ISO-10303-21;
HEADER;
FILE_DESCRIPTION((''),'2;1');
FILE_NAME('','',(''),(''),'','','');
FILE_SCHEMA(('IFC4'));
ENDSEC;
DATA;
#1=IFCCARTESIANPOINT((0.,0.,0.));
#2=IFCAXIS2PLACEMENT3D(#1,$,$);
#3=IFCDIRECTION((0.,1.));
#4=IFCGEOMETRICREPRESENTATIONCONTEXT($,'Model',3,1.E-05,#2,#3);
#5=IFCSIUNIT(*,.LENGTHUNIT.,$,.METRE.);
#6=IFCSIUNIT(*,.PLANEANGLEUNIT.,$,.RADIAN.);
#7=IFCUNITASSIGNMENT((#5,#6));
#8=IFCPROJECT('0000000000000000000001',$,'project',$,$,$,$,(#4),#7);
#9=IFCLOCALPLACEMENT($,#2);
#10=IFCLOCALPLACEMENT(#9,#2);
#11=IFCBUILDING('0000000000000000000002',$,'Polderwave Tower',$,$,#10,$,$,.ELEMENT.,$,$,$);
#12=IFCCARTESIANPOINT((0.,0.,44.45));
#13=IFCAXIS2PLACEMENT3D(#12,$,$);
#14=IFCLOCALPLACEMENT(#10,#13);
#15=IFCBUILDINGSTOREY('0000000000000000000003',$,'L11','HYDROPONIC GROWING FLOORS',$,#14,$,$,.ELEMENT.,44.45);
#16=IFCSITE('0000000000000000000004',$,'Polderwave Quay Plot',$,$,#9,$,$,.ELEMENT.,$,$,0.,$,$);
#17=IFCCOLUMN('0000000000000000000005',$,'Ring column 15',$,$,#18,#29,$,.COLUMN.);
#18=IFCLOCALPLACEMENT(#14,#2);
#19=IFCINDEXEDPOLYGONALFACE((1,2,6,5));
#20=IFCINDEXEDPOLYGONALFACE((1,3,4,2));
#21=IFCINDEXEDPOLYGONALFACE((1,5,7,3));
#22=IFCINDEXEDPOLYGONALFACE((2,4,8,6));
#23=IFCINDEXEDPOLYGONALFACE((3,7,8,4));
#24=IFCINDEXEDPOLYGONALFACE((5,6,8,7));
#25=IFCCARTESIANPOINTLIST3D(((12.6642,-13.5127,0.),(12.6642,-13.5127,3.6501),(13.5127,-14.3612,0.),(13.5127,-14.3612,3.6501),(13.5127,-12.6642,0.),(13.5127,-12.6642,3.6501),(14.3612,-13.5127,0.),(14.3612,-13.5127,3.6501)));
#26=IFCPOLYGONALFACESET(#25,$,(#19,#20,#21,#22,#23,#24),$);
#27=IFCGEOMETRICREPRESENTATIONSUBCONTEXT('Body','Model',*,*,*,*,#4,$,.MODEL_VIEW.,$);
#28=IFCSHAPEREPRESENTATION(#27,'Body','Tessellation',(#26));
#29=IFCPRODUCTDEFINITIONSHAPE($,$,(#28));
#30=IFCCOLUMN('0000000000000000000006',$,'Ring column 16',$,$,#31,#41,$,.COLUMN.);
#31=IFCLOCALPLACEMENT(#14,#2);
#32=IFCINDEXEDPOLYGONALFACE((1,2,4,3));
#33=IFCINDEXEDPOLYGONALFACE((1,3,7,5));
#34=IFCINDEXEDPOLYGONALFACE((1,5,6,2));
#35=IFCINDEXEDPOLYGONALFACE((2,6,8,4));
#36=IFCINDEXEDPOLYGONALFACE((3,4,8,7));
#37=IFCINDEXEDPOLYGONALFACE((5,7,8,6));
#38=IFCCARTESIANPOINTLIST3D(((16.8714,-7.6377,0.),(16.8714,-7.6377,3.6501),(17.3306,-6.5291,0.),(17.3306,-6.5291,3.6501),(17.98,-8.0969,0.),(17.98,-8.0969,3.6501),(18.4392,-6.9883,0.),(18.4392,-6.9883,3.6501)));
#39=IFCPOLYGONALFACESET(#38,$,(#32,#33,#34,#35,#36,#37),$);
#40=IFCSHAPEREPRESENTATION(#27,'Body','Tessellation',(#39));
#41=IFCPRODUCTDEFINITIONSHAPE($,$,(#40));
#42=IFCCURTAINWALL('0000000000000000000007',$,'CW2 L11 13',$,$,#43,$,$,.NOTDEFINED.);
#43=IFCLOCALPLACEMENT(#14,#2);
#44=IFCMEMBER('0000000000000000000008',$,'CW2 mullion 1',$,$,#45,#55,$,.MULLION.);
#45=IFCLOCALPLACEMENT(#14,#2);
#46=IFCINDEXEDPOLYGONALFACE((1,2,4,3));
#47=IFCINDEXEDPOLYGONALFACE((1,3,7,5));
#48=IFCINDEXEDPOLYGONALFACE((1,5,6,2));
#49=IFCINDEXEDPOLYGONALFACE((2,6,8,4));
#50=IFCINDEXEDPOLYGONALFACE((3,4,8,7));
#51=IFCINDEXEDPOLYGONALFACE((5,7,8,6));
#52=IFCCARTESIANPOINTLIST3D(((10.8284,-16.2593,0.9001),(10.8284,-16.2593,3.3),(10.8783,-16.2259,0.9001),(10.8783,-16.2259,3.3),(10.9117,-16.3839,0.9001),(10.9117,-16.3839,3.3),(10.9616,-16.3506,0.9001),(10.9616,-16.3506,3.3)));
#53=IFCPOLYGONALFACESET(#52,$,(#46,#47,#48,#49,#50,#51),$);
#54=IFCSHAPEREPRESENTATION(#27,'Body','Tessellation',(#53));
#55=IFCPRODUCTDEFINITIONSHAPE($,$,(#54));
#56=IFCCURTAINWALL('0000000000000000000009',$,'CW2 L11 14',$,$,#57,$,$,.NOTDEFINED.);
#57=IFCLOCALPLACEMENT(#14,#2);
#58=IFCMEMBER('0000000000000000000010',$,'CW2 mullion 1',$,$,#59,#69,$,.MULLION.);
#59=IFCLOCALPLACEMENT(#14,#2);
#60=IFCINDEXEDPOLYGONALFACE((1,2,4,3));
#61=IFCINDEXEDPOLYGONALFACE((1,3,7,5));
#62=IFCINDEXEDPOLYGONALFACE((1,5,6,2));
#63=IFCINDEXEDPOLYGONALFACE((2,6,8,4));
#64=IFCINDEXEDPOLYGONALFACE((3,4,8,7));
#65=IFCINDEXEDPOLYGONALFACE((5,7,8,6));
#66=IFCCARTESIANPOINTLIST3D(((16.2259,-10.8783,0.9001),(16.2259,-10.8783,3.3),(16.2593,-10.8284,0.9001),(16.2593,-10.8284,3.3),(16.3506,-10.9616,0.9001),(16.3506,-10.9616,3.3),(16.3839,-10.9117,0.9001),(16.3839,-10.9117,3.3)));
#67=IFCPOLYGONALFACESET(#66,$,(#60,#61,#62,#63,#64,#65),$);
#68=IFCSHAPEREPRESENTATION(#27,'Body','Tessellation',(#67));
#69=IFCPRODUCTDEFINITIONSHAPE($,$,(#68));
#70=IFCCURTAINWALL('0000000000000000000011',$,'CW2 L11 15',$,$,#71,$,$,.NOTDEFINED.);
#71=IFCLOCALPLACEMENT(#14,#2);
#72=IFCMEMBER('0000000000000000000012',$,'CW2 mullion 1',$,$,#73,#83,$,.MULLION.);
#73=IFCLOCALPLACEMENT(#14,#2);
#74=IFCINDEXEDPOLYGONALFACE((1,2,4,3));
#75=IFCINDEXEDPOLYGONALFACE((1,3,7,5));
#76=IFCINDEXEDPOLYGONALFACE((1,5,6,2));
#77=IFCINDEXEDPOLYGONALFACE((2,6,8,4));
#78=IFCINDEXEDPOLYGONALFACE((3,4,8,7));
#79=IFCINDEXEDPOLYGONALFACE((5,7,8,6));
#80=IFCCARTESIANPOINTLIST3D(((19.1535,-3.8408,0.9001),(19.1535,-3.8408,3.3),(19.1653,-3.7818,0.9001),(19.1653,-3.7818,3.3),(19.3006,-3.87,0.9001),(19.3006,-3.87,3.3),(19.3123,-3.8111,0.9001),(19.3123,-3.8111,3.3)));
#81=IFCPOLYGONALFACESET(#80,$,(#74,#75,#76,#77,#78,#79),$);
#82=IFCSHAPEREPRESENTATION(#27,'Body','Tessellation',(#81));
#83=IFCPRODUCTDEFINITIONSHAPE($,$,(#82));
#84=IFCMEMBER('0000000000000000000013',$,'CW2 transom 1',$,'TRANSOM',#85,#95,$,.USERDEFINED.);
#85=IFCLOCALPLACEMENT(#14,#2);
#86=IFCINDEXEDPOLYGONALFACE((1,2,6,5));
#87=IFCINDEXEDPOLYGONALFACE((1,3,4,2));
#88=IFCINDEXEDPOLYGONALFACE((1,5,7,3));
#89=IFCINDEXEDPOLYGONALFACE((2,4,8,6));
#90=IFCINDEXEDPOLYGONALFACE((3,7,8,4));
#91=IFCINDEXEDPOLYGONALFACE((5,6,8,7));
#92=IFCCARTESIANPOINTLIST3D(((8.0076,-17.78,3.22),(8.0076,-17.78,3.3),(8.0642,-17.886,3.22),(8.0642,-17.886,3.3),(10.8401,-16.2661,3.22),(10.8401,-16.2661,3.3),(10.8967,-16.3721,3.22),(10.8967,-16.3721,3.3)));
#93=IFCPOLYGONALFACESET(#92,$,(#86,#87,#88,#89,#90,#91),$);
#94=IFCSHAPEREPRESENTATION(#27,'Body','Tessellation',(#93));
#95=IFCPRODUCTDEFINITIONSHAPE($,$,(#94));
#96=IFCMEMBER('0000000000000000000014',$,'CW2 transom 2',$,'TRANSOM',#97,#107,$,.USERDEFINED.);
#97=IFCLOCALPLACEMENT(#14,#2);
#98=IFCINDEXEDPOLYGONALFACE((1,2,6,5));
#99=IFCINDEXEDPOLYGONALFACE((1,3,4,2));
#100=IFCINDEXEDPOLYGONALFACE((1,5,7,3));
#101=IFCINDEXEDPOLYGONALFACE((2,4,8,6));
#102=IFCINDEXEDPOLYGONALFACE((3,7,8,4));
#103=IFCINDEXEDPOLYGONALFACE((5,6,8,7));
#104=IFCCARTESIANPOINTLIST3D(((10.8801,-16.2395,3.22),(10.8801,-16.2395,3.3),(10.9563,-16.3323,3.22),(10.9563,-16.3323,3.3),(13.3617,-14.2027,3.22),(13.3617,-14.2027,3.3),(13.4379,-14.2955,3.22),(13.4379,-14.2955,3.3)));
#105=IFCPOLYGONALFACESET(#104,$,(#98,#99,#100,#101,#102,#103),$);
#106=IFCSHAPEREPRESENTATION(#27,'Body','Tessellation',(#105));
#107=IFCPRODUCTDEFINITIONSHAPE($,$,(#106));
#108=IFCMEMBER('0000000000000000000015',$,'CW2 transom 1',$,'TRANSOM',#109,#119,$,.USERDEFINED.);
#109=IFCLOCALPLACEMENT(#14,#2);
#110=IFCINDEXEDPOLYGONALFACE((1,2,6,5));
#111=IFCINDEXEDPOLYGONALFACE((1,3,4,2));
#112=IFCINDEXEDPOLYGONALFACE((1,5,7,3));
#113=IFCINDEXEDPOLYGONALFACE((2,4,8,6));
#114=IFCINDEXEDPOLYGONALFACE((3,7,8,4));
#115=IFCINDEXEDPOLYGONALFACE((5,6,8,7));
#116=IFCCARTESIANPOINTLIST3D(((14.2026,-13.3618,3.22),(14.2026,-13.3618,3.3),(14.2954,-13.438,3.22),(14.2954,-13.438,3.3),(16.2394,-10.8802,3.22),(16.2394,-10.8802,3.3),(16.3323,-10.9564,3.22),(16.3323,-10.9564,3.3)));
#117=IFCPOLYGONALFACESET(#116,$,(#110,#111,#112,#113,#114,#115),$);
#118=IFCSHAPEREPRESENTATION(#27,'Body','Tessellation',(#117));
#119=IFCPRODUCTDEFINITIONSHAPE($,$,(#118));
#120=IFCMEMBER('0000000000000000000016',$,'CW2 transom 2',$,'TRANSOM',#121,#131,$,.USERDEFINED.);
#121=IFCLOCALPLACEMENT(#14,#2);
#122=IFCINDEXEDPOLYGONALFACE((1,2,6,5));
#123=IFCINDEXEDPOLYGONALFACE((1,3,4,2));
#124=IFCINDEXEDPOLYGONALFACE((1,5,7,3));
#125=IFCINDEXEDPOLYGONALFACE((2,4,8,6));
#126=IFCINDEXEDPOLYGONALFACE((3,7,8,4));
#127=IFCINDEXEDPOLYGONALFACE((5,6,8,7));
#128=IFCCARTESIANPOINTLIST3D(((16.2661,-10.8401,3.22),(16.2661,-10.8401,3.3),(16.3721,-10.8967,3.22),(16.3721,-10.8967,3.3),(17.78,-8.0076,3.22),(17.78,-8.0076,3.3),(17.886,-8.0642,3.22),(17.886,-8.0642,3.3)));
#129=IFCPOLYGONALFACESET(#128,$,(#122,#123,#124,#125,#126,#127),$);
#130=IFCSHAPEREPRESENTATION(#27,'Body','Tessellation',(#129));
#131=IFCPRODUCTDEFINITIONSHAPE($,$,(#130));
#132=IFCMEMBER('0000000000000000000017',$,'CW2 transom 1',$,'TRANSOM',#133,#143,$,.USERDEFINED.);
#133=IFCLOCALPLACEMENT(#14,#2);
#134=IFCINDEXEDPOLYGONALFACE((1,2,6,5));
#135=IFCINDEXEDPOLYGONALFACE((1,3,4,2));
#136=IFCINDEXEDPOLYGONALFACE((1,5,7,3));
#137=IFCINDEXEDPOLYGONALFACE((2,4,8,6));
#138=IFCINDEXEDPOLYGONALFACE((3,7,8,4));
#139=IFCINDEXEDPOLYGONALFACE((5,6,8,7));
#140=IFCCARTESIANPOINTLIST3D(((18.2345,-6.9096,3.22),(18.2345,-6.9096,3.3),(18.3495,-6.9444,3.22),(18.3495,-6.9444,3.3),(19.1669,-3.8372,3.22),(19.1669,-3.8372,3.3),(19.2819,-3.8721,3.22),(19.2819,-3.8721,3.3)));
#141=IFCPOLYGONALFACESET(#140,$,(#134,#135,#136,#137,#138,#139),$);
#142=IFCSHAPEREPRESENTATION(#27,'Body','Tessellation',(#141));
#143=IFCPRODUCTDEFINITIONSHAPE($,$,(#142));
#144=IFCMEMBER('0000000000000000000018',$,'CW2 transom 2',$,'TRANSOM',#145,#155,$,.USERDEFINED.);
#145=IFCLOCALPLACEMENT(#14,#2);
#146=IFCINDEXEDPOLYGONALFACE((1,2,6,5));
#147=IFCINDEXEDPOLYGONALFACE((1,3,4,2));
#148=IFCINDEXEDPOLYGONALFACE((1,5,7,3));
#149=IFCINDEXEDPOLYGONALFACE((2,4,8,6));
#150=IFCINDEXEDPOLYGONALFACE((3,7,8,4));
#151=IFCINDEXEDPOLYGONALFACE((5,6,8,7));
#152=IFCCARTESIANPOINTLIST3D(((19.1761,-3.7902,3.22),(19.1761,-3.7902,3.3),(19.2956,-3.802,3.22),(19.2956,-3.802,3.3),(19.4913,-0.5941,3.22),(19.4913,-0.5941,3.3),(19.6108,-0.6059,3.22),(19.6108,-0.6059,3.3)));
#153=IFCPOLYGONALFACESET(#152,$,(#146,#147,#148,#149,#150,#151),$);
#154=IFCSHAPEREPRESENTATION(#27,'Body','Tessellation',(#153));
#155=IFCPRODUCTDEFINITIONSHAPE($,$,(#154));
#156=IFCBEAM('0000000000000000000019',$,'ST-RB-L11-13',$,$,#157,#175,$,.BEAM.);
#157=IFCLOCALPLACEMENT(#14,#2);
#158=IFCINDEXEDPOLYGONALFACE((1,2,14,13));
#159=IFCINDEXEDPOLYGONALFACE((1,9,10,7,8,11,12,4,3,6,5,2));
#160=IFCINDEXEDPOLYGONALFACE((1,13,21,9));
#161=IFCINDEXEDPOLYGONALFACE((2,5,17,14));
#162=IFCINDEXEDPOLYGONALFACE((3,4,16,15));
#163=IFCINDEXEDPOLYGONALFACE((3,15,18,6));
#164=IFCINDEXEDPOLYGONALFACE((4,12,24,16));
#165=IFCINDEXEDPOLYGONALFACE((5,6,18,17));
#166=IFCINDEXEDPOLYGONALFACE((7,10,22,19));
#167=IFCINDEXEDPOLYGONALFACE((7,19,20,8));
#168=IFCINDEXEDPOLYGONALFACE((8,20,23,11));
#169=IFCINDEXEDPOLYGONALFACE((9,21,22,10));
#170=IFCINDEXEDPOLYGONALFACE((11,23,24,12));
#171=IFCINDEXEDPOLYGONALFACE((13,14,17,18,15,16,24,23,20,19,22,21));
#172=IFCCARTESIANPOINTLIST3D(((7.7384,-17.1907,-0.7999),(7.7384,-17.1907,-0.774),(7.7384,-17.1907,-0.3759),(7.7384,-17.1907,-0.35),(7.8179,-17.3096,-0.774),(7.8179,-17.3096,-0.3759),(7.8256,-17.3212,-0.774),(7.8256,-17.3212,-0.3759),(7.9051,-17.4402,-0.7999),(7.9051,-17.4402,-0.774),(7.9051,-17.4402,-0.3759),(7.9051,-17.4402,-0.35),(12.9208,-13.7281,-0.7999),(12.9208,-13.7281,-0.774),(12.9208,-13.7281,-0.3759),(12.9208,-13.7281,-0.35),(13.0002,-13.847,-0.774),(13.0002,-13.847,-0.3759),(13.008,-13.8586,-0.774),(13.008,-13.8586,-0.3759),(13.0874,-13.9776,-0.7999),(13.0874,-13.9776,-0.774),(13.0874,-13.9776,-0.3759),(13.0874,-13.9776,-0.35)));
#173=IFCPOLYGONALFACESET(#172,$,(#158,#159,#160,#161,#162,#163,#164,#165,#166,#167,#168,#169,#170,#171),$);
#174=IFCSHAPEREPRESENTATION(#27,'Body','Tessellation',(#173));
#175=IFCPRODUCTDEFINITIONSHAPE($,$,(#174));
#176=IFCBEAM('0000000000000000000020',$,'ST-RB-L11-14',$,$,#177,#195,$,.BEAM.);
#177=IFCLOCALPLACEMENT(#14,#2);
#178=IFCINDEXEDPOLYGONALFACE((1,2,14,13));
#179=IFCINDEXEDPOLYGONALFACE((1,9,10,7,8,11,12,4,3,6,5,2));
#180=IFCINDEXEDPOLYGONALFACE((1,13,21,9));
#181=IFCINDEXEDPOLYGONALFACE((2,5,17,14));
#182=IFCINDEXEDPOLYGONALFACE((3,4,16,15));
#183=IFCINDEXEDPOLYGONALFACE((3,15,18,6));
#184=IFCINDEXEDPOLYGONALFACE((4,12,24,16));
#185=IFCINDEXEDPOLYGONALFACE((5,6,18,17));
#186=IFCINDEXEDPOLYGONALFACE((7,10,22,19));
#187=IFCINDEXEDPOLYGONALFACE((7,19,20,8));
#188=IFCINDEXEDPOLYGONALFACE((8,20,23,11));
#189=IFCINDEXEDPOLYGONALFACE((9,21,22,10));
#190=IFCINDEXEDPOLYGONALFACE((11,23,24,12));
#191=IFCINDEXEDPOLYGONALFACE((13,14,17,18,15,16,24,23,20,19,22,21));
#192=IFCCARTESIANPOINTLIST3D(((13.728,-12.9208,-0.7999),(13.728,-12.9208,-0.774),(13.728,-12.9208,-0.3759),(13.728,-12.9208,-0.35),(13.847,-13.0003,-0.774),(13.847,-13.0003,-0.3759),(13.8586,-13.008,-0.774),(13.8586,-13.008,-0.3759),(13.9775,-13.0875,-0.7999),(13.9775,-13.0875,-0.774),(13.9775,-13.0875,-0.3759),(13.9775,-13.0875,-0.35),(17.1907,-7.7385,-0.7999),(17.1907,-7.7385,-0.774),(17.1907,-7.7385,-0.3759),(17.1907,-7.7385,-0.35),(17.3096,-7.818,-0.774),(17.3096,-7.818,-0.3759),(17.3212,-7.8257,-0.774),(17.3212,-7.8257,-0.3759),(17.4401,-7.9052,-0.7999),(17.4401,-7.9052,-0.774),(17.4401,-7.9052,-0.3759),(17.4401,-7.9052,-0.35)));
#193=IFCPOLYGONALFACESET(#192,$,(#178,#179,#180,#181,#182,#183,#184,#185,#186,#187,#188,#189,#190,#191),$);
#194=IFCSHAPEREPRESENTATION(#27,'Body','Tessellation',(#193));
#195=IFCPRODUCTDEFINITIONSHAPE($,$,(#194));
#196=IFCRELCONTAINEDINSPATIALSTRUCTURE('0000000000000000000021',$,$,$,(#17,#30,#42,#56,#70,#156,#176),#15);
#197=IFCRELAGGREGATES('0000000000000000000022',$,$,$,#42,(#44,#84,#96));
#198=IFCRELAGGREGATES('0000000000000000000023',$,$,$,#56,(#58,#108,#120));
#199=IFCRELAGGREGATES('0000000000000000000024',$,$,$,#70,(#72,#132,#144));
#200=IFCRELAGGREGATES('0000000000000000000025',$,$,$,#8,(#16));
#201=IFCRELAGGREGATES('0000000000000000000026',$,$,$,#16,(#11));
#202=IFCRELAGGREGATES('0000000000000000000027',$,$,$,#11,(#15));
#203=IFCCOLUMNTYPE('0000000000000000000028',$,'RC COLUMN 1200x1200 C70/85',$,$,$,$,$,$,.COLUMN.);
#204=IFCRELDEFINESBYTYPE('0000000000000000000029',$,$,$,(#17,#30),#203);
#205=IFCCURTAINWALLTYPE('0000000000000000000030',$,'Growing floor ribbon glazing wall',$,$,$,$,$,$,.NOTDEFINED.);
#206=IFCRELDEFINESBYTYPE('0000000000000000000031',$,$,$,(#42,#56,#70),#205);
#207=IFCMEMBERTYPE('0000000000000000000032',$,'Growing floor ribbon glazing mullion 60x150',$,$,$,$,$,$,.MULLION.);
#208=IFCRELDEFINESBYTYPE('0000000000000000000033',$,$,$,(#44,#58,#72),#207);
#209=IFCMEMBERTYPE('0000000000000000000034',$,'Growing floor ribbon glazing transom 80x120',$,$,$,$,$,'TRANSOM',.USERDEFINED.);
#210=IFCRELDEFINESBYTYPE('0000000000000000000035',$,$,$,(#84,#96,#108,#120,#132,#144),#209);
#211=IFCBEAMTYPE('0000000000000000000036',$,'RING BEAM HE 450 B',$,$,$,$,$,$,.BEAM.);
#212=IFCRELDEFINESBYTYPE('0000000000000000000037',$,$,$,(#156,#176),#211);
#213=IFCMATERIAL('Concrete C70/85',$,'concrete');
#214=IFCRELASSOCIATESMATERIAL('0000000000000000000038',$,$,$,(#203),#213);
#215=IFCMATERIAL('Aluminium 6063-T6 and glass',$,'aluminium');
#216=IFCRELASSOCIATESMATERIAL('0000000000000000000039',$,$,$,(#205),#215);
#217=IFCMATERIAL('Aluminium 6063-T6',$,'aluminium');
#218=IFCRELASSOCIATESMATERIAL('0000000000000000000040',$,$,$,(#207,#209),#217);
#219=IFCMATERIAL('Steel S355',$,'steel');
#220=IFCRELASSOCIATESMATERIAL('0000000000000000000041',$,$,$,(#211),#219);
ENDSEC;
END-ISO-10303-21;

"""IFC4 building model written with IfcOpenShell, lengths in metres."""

from ifc_helpers import new_model, si_unit, direction, frame, origin, origin_2d, place, context, subcontext, project, spatial, rectangle, i_section, extrude, material, material_profile, profile_set, type_object, element, aggregate, save


model = new_model("IFC4")

# Units and contexts
model_context = context("Model", 3, precision=1e-05, world=origin(), true_north=direction((0.0, 1.0)))
body_context = subcontext(model_context, "Body", "Model", "MODEL_VIEW")
ifc_project = project(units=[si_unit("LENGTHUNIT", "METRE"), si_unit("PLANEANGLEUNIT", "RADIAN")], contexts=[model_context])

# Site, building, storey
site_placement = place(None, origin())
site = spatial("IfcSite", under=ifc_project, at=site_placement, Name="Polderwave Quay Plot", CompositionType="ELEMENT", RefElevation=0.0)
building_placement = place(site_placement, origin())
building = spatial("IfcBuilding", under=site, at=building_placement, Name="Polderwave Tower", CompositionType="ELEMENT")
storey_placement = place(building_placement, frame((0.0, 0.0, 44.45)))
storey = spatial("IfcBuildingStorey", under=building, at=storey_placement, Name="L11", Description="HYDROPONIC GROWING FLOORS", CompositionType="ELEMENT", Elevation=44.45)

# Columns
ifc_material_1 = material(Name="Concrete C70/85", Category="concrete")
ifc_material_profile_1 = material_profile(ifc_material_1, rectangle(XDim=1.2, YDim=1.2, at=origin_2d()), Name="RC 1200x1200")
ifc_profile_set_1 = profile_set([ifc_material_profile_1], Name="Concrete C70/85")
column_type = type_object("IfcColumnType", Name="RC COLUMN 1200x1200 C70/85", PredefinedType="COLUMN", material=ifc_profile_set_1)
for number, where, z_axis, x_axis, name in (
    (1, (13.5127, -13.5127, 0.0), (0.0, 0.0, 1.0), (0.707107, -0.707107, 0.0), "Ring column 15"),
    (2, (17.6553, -7.313, 0.0), (0.0, 0.0, 1.0), (0.92388, -0.382683, 0.0), "Ring column 16"),
):
    element("IfcColumn", number, at=place(storey_placement, frame(where, z_axis=z_axis, x_axis=x_axis)), inside=storey, type_object=column_type, Name=name, PredefinedType="COLUMN", context=body_context, shape_type="SweptSolid", body=[
        extrude(rectangle(XDim=1.2, YDim=1.2, at=origin_2d()), origin(), (0.0, 0.0, 1.0), 3.6501),
    ])

# Curtain walls, members
ifc_material_2 = material(Name="Aluminium 6063-T6 and glass", Category="aluminium")
curtain_wall_type = type_object("IfcCurtainWallType", Name="Growing floor ribbon glazing wall", PredefinedType="NOTDEFINED", material=ifc_material_2)
curtain_wall_1_placement = place(storey_placement, origin())
curtain_wall_1 = element("IfcCurtainWall", 3, at=curtain_wall_1_placement, inside=storey, type_object=curtain_wall_type, Name="CW2 L11 13", PredefinedType="NOTDEFINED")
ifc_material_3 = material(Name="Aluminium 6063-T6", Category="aluminium")
ifc_material_profile_2 = material_profile(ifc_material_3, rectangle(XDim=0.1499, YDim=0.0601, at=origin_2d()), Name="AL 60x150")
ifc_profile_set_2 = profile_set([ifc_material_profile_2], Name="Aluminium 6063-T6")
member_type_1 = type_object("IfcMemberType", Name="Growing floor ribbon glazing mullion 60x150", PredefinedType="MULLION", material=ifc_profile_set_2)
member_1_placement = place(storey_placement, frame((10.895, -16.3049, 0.9001), z_axis=(0.0, 0.0, 1.0), x_axis=(-0.555572, 0.831469, 0.0)))
member_1 = element("IfcMember", 4, at=member_1_placement, type_object=member_type_1, Name="CW2 mullion 1", PredefinedType="MULLION", context=body_context, shape_type="SweptSolid", body=[
    extrude(rectangle(XDim=0.1499, YDim=0.0601, at=origin_2d()), origin(), (0.0, 0.0, 1.0), 2.3999),
])
curtain_wall_2_placement = place(storey_placement, origin())
curtain_wall_2 = element("IfcCurtainWall", 5, at=curtain_wall_2_placement, inside=storey, type_object=curtain_wall_type, Name="CW2 L11 14", PredefinedType="NOTDEFINED")
member_2_placement = place(storey_placement, frame((16.3049, -10.895, 0.9001), z_axis=(0.0, 0.0, 1.0), x_axis=(-0.831469, 0.555572, 0.0)))
member_2 = element("IfcMember", 6, at=member_2_placement, type_object=member_type_1, Name="CW2 mullion 1", PredefinedType="MULLION", context=body_context, shape_type="SweptSolid", body=[
    extrude(rectangle(XDim=0.1499, YDim=0.0601, at=origin_2d()), origin(), (0.0, 0.0, 1.0), 2.3999),
])
curtain_wall_3_placement = place(storey_placement, origin())
curtain_wall_3 = element("IfcCurtainWall", 7, at=curtain_wall_3_placement, inside=storey, type_object=curtain_wall_type, Name="CW2 L11 15", PredefinedType="NOTDEFINED")
member_3_placement = place(storey_placement, frame((19.2329, -3.8259, 0.9001), z_axis=(0.0, 0.0, 1.0), x_axis=(-0.980768, 0.195178, 0.0)))
member_3 = element("IfcMember", 8, at=member_3_placement, type_object=member_type_1, Name="CW2 mullion 1", PredefinedType="MULLION", context=body_context, shape_type="SweptSolid", body=[
    extrude(rectangle(XDim=0.1499, YDim=0.0601, at=origin_2d()), origin(), (0.0, 0.0, 1.0), 2.3999),
])

# Members
ifc_material_profile_3 = material_profile(ifc_material_3, rectangle(XDim=0.1201, YDim=0.0801, at=origin_2d()), Name="AL 80x120")
ifc_profile_set_3 = profile_set([ifc_material_profile_3], Name="Aluminium 6063-T6")
member_type_2 = type_object("IfcMemberType", Name="Growing floor ribbon glazing transom 80x120", ElementType="TRANSOM", PredefinedType="USERDEFINED", material=ifc_profile_set_3)
member_4_placement = place(storey_placement, frame((8.0359, -17.833, 3.26), z_axis=(0.881934, 0.471373, 0.0), x_axis=(-0.471373, 0.881934, 0.0)))
member_4 = element("IfcMember", 9, at=member_4_placement, type_object=member_type_2, Name="CW2 transom 1", ObjectType="TRANSOM", PredefinedType="USERDEFINED", context=body_context, shape_type="SweptSolid", body=[
    extrude(rectangle(XDim=0.1201, YDim=0.0801, at=origin_2d()), origin(), (0.0, 0.0, 1.0), 3.2117),
])
member_5_placement = place(storey_placement, frame((10.9182, -16.2859, 3.26), z_axis=(0.772981, 0.63443, 0.0), x_axis=(-0.63443, 0.772981, 0.0)))
member_5 = element("IfcMember", 10, at=member_5_placement, type_object=member_type_2, Name="CW2 transom 2", ObjectType="TRANSOM", PredefinedType="USERDEFINED", context=body_context, shape_type="SweptSolid", body=[
    extrude(rectangle(XDim=0.1201, YDim=0.0801, at=origin_2d()), origin(), (0.0, 0.0, 1.0), 3.2104),
])
member_6_placement = place(storey_placement, frame((14.249, -13.3999, 3.26), z_axis=(0.63443, 0.772981, 0.0), x_axis=(-0.772981, 0.63443, 0.0)))
member_6 = element("IfcMember", 11, at=member_6_placement, type_object=member_type_2, Name="CW2 transom 1", ObjectType="TRANSOM", PredefinedType="USERDEFINED", context=body_context, shape_type="SweptSolid", body=[
    extrude(rectangle(XDim=0.1201, YDim=0.0801, at=origin_2d()), origin(), (0.0, 0.0, 1.0), 3.2104),
])
member_7_placement = place(storey_placement, frame((16.3191, -10.8684, 3.26), z_axis=(0.471373, 0.881934, 0.0), x_axis=(-0.881934, 0.471373, 0.0)))
member_7 = element("IfcMember", 12, at=member_7_placement, type_object=member_type_2, Name="CW2 transom 2", ObjectType="TRANSOM", PredefinedType="USERDEFINED", context=body_context, shape_type="SweptSolid", body=[
    extrude(rectangle(XDim=0.1201, YDim=0.0801, at=origin_2d()), origin(), (0.0, 0.0, 1.0), 3.2117),
])
member_8_placement = place(storey_placement, frame((18.292, -6.927, 3.26), z_axis=(0.290402, 0.956905, 0.0), x_axis=(-0.956905, 0.290402, 0.0)))
member_8 = element("IfcMember", 13, at=member_8_placement, type_object=member_type_2, Name="CW2 transom 1", ObjectType="TRANSOM", PredefinedType="USERDEFINED", context=body_context, shape_type="SweptSolid", body=[
    extrude(rectangle(XDim=0.1201, YDim=0.0801, at=origin_2d()), origin(), (0.0, 0.0, 1.0), 3.2107),
])
member_9_placement = place(storey_placement, frame((19.2358, -3.7961, 3.26), z_axis=(0.098141, 0.995172, 0.0), x_axis=(-0.995172, 0.098141, 0.0)))
member_9 = element("IfcMember", 14, at=member_9_placement, type_object=member_type_2, Name="CW2 transom 2", ObjectType="TRANSOM", PredefinedType="USERDEFINED", context=body_context, shape_type="SweptSolid", body=[
    extrude(rectangle(XDim=0.1201, YDim=0.0801, at=origin_2d()), origin(), (0.0, 0.0, 1.0), 3.2117),
])

# Beams
ifc_material_4 = material(Name="Steel S355", Category="steel")
ifc_material_profile_4 = material_profile(ifc_material_4, i_section(OverallWidth=0.3, OverallDepth=0.45, WebThickness=0.0139, FlangeThickness=0.0259, at=origin_2d()), Name="HE 450 B")
ifc_profile_set_4 = profile_set([ifc_material_profile_4], Name="Steel S355")
beam_type = type_object("IfcBeamType", Name="RING BEAM HE 450 B", PredefinedType="BEAM", material=ifc_profile_set_4)
for number, where, z_axis, x_axis, name in (
    (15, (7.8218, -17.3154, -0.575), (0.831477, 0.555559, 0.0), (-0.555559, 0.831477, 0.0), "ST-RB-L11-13"),
    (16, (13.8528, -13.0042, -0.575), (0.555559, 0.831477, 0.0), (-0.831477, 0.555559, 0.0), "ST-RB-L11-14"),
):
    element("IfcBeam", number, at=place(storey_placement, frame(where, z_axis=z_axis, x_axis=x_axis)), inside=storey, type_object=beam_type, Name=name, PredefinedType="BEAM", context=body_context, shape_type="SweptSolid", body=[
        extrude(i_section(OverallWidth=0.3, OverallDepth=0.45, WebThickness=0.0139, FlangeThickness=0.0259, at=origin_2d()), origin(), (0.0, 0.0, 1.0), 6.2327),
    ])

aggregate(curtain_wall_1, [member_1, member_4, member_5])
aggregate(curtain_wall_2, [member_2, member_6, member_7])
aggregate(curtain_wall_3, [member_3, member_8, member_9])

save(model, "model.ifc")
